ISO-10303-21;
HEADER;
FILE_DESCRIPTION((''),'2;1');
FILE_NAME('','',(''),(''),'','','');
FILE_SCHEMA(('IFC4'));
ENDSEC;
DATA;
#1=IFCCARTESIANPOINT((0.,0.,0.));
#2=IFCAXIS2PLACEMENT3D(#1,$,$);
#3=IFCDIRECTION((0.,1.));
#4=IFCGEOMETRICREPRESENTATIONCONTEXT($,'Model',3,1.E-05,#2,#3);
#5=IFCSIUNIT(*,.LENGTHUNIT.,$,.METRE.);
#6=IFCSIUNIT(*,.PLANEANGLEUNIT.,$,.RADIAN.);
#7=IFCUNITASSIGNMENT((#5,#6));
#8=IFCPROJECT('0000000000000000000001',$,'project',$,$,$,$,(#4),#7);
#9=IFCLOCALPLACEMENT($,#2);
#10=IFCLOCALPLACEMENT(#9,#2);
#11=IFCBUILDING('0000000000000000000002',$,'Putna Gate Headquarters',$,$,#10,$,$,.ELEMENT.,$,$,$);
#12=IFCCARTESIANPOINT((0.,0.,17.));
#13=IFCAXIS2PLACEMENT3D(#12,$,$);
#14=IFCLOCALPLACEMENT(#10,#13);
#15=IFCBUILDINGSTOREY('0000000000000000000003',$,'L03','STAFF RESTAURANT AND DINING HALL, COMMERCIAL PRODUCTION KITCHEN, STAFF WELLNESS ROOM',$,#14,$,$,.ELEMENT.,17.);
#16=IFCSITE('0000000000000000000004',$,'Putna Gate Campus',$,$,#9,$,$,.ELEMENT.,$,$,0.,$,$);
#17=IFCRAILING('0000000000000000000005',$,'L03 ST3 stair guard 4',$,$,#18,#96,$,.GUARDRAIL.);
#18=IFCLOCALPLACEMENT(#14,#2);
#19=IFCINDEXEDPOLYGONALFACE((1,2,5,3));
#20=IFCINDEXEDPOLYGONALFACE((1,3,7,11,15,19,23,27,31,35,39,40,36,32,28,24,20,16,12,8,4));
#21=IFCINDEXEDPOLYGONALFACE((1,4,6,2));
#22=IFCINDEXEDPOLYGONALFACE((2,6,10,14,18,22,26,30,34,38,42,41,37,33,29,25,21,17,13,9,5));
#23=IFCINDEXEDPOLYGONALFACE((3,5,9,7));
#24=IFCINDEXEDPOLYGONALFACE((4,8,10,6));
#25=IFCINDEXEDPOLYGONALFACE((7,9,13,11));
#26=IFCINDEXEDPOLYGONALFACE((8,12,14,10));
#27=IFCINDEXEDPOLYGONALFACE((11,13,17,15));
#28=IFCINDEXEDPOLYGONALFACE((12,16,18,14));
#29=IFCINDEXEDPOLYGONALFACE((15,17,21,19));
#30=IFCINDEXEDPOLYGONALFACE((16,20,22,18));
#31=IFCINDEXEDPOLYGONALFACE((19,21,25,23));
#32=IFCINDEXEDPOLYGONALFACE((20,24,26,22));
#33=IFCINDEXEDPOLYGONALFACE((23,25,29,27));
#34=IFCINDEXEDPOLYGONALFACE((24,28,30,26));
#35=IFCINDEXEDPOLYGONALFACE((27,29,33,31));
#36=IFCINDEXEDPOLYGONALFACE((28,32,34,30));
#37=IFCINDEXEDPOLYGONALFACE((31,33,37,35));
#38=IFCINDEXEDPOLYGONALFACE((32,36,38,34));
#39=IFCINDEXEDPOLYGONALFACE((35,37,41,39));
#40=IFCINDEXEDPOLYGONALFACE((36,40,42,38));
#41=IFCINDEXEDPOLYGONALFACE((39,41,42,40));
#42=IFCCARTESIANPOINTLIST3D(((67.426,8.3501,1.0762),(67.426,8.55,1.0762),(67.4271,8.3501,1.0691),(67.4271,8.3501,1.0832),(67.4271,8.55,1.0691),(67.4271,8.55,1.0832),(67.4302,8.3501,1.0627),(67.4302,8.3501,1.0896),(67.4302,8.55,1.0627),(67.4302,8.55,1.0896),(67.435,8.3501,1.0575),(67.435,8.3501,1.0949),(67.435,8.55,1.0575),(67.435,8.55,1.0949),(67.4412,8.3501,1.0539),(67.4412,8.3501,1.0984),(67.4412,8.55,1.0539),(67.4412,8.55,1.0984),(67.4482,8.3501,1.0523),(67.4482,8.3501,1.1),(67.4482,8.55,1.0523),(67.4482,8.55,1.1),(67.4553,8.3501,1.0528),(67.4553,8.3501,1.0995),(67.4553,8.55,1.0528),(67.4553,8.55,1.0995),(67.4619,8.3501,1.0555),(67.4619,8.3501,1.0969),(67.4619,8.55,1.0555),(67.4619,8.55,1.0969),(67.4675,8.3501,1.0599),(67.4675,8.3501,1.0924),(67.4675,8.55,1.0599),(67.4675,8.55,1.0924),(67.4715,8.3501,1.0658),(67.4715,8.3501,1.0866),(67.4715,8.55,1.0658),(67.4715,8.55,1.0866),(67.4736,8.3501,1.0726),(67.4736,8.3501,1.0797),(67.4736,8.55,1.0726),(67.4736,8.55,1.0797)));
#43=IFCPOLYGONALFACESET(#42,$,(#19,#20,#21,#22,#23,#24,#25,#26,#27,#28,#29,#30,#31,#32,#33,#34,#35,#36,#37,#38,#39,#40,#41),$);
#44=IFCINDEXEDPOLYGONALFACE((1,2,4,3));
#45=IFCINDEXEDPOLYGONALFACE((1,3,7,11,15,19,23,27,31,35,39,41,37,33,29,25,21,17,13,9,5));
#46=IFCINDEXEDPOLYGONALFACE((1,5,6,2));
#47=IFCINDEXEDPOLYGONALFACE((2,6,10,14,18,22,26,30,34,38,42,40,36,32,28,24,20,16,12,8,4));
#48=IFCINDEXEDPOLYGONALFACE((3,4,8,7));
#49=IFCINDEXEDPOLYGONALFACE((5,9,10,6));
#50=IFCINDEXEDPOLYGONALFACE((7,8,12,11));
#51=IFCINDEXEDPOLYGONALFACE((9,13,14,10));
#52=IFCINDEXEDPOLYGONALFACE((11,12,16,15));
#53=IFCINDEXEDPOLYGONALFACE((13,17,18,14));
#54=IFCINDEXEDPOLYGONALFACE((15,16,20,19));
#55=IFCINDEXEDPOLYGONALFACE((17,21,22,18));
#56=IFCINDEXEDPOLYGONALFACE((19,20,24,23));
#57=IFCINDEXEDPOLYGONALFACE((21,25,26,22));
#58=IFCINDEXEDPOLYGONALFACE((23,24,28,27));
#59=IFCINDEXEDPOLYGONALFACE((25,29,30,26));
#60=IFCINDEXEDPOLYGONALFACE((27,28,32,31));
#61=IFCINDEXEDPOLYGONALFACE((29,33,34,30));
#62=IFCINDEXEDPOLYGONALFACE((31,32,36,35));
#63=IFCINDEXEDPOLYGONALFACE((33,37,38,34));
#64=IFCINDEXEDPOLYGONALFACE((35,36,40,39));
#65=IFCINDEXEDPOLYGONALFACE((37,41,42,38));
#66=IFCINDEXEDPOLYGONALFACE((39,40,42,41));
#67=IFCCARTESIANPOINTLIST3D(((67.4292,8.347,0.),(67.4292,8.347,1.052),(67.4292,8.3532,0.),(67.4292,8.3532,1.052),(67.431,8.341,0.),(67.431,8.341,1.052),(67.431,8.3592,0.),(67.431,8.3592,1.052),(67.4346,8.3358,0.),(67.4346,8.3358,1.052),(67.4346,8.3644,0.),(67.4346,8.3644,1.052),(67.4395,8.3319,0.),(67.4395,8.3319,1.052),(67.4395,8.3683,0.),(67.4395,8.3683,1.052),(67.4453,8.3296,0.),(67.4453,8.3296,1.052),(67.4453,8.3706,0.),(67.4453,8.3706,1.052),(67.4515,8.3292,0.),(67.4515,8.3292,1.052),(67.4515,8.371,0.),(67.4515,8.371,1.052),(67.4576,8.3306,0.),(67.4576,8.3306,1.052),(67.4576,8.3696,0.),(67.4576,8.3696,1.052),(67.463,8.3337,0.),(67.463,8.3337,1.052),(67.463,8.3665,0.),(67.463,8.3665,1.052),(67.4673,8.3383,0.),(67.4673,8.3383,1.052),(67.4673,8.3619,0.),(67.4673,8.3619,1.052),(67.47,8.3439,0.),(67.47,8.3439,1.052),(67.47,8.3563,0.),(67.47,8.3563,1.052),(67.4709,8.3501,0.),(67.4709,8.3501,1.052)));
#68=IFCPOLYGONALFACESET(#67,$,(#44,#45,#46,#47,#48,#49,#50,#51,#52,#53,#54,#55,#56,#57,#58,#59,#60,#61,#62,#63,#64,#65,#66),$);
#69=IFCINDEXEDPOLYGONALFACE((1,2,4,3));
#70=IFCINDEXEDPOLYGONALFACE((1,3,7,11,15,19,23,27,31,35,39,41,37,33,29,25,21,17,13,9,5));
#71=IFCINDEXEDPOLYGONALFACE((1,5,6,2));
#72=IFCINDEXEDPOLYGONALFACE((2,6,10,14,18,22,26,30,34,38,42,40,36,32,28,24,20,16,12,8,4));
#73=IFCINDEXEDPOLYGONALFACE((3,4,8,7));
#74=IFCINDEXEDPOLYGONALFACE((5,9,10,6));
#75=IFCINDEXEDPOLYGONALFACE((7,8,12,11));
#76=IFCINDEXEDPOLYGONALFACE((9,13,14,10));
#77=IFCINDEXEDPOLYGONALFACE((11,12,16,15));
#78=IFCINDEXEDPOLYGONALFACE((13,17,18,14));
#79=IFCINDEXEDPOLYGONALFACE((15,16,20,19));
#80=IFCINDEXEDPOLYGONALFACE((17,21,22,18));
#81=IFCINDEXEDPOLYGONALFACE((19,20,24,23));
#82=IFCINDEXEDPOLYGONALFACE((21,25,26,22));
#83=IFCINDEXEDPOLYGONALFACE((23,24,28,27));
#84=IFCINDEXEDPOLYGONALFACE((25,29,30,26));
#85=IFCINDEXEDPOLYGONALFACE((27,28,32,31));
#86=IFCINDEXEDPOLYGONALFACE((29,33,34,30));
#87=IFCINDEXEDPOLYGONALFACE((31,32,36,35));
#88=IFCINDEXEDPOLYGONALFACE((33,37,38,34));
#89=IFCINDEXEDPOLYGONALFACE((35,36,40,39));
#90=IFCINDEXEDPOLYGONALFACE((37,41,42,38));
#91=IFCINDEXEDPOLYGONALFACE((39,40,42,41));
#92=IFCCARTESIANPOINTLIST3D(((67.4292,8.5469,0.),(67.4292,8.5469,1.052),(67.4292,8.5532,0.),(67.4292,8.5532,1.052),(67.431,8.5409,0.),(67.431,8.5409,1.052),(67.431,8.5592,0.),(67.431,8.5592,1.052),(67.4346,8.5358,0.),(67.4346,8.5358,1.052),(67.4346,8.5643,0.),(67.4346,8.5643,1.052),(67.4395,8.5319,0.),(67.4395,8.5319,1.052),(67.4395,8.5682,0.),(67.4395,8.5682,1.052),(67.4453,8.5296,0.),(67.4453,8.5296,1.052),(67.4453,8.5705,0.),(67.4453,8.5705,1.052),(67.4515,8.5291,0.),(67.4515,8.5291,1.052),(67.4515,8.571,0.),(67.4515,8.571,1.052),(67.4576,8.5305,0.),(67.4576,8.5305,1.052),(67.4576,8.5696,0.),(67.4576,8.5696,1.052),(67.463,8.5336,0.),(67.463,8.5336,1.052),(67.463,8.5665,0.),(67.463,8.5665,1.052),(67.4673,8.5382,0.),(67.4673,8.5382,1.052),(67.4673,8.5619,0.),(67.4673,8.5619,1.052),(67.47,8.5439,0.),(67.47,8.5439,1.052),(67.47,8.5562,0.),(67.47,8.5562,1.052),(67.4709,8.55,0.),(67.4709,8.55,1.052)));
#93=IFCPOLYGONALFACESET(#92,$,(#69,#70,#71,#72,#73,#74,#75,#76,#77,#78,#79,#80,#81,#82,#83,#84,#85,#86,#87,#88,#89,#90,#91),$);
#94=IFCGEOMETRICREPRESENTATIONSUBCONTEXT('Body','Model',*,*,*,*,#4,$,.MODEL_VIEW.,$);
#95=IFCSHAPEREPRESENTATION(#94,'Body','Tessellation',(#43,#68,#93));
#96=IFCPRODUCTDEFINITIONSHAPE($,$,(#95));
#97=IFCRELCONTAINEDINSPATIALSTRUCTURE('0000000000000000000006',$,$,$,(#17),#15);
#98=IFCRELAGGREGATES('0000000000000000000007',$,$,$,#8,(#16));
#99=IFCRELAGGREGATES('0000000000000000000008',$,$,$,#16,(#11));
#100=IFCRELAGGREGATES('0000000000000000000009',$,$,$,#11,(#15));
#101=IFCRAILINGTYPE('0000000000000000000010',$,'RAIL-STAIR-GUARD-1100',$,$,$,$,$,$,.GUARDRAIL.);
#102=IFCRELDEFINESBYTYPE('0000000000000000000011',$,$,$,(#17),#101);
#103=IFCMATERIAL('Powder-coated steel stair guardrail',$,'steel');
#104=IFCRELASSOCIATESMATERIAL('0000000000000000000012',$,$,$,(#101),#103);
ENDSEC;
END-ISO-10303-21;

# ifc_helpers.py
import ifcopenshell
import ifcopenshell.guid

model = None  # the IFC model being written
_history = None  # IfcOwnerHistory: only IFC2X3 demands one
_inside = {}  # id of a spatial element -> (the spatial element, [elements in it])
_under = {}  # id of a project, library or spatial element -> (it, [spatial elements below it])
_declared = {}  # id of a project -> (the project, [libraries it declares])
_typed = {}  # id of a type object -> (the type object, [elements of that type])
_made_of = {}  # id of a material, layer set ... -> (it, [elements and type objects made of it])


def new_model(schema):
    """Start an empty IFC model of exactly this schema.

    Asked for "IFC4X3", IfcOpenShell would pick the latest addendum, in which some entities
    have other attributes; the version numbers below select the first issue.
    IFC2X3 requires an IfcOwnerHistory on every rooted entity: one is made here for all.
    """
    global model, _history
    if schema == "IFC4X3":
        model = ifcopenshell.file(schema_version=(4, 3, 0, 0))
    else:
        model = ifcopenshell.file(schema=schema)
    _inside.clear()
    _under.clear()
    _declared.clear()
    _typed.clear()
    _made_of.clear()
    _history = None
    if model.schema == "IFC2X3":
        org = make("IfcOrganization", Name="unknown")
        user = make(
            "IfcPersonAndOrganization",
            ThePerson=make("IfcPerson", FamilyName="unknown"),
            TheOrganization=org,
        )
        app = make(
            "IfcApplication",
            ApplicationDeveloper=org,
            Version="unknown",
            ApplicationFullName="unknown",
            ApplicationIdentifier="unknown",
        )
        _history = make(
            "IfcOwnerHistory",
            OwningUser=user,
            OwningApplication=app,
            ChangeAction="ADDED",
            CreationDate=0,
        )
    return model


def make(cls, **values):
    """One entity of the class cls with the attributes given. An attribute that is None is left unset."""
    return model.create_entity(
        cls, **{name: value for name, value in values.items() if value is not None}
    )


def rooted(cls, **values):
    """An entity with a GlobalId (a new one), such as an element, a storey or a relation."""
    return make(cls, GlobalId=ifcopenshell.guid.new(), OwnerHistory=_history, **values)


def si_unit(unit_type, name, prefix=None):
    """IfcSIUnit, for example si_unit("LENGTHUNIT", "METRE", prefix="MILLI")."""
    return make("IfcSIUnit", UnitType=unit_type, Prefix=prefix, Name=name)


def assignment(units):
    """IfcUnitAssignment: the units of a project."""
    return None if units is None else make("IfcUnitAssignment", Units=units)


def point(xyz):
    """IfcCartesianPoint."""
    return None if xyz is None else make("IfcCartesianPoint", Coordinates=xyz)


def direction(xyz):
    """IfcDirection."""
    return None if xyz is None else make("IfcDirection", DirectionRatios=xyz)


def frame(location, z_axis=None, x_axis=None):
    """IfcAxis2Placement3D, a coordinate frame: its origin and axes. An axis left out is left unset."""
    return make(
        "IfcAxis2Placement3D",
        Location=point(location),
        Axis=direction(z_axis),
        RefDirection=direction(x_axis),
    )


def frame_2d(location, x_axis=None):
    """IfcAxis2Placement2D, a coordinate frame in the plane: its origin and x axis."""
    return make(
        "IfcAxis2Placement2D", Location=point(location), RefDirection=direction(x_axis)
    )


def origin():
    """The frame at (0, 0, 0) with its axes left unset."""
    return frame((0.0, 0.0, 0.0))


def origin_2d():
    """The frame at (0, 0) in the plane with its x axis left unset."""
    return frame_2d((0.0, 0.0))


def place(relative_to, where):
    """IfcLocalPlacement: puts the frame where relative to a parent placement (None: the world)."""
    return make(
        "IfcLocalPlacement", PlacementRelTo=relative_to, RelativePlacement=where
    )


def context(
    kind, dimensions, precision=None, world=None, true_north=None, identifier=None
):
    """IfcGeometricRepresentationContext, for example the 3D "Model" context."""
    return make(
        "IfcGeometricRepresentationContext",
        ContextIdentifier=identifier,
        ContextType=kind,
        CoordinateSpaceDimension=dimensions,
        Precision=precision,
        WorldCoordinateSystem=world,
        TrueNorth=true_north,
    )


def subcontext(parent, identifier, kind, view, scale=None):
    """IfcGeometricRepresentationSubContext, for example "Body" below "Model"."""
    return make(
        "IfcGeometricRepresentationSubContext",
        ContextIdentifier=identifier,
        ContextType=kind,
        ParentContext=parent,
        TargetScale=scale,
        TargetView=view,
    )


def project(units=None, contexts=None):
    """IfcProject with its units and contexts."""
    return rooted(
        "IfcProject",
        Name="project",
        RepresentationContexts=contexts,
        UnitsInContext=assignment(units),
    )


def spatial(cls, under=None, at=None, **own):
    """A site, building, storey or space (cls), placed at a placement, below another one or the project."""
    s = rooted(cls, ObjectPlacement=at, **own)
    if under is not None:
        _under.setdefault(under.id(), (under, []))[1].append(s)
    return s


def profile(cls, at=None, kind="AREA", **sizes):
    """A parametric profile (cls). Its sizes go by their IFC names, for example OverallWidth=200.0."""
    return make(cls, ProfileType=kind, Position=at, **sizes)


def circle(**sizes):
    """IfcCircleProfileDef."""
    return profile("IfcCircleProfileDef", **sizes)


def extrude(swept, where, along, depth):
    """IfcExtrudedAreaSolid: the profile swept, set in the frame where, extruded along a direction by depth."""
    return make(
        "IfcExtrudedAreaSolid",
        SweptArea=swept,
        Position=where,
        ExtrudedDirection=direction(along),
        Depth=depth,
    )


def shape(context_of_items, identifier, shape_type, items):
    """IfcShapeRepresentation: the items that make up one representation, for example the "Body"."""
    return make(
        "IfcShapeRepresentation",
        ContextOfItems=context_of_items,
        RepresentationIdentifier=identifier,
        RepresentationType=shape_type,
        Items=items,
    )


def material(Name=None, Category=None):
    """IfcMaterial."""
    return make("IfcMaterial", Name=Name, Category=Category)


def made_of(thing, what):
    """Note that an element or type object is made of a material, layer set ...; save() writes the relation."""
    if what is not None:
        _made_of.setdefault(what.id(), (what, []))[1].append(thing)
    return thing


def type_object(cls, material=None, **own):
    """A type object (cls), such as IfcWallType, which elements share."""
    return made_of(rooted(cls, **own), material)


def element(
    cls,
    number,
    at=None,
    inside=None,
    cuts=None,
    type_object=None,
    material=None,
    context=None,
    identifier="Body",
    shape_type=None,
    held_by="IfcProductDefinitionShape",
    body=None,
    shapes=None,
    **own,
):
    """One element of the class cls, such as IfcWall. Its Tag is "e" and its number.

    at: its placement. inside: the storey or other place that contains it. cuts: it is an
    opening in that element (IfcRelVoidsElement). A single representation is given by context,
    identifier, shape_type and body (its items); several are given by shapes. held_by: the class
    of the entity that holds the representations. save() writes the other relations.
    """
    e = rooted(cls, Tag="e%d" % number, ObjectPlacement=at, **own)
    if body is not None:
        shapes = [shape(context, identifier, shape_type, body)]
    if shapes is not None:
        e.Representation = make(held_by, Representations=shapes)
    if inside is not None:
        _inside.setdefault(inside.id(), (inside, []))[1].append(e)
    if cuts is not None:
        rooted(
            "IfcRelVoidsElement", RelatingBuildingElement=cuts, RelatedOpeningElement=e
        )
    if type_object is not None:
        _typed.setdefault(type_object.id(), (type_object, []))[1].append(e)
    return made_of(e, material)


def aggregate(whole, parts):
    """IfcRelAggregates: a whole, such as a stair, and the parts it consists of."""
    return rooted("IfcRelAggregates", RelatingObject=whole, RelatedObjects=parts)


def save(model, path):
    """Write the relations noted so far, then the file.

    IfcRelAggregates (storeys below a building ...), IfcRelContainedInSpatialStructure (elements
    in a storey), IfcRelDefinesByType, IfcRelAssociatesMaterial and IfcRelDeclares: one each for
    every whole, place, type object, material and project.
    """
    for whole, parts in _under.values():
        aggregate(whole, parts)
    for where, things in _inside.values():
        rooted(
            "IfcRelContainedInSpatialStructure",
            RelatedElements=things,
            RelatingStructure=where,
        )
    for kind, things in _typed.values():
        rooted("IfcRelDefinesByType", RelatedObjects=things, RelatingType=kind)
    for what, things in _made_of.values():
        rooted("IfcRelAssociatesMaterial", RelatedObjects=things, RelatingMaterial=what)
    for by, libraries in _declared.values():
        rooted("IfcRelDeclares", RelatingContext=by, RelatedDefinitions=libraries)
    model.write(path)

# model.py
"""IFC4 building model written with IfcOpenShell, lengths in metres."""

from ifc_helpers import new_model, si_unit, direction, frame, origin, origin_2d, place, context, subcontext, project, spatial, circle, extrude, material, type_object, element, save


model = new_model("IFC4")

# Units and contexts
model_context = context("Model", 3, precision=1e-05, world=origin(), true_north=direction((0.0, 1.0)))
body_context = subcontext(model_context, "Body", "Model", "MODEL_VIEW")
ifc_project = project(units=[si_unit("LENGTHUNIT", "METRE"), si_unit("PLANEANGLEUNIT", "RADIAN")], contexts=[model_context])

# Site, building, storey
site_placement = place(None, origin())
site = spatial("IfcSite", under=ifc_project, at=site_placement, Name="Putna Gate Campus", CompositionType="ELEMENT", RefElevation=0.0)
building_placement = place(site_placement, origin())
building = spatial("IfcBuilding", under=site, at=building_placement, Name="Putna Gate Headquarters", CompositionType="ELEMENT")
storey_placement = place(building_placement, frame((0.0, 0.0, 17.0)))
storey = spatial("IfcBuildingStorey", under=building, at=storey_placement, Name="L03", Description="STAFF RESTAURANT AND DINING HALL, COMMERCIAL PRODUCTION KITCHEN, STAFF WELLNESS ROOM", CompositionType="ELEMENT", Elevation=17.0)

# Railing
ifc_material_1 = material(Name="Powder-coated steel stair guardrail", Category="steel")
railing_type_1 = type_object("IfcRailingType", Name="RAIL-STAIR-GUARD-1100", PredefinedType="GUARDRAIL", material=ifc_material_1)
railing_1_placement = place(storey_placement, frame((67.45, 8.3501, 0.0)))
element("IfcRailing", 1, at=railing_1_placement, inside=storey, type_object=railing_type_1, Name="L03 ST3 stair guard 4", PredefinedType="GUARDRAIL", context=body_context, shape_type="SweptSolid", body=[
    extrude(circle(Radius=0.0239, at=origin_2d()), frame((0.0, 0.0, 1.0762), z_axis=(0.0, 1.0, 0.0), x_axis=(-1.0, 0.0, 0.0)), (0.0, 0.0, 1.0), 0.2),
    extrude(circle(Radius=0.021, at=origin_2d()), origin(), (0.0, 0.0, 1.0), 1.052),
    extrude(circle(Radius=0.021, at=origin_2d()), frame((0.0, 0.2, 0.0)), (0.0, 0.0, 1.0), 1.052),
])

save(model, "model.ifc")
